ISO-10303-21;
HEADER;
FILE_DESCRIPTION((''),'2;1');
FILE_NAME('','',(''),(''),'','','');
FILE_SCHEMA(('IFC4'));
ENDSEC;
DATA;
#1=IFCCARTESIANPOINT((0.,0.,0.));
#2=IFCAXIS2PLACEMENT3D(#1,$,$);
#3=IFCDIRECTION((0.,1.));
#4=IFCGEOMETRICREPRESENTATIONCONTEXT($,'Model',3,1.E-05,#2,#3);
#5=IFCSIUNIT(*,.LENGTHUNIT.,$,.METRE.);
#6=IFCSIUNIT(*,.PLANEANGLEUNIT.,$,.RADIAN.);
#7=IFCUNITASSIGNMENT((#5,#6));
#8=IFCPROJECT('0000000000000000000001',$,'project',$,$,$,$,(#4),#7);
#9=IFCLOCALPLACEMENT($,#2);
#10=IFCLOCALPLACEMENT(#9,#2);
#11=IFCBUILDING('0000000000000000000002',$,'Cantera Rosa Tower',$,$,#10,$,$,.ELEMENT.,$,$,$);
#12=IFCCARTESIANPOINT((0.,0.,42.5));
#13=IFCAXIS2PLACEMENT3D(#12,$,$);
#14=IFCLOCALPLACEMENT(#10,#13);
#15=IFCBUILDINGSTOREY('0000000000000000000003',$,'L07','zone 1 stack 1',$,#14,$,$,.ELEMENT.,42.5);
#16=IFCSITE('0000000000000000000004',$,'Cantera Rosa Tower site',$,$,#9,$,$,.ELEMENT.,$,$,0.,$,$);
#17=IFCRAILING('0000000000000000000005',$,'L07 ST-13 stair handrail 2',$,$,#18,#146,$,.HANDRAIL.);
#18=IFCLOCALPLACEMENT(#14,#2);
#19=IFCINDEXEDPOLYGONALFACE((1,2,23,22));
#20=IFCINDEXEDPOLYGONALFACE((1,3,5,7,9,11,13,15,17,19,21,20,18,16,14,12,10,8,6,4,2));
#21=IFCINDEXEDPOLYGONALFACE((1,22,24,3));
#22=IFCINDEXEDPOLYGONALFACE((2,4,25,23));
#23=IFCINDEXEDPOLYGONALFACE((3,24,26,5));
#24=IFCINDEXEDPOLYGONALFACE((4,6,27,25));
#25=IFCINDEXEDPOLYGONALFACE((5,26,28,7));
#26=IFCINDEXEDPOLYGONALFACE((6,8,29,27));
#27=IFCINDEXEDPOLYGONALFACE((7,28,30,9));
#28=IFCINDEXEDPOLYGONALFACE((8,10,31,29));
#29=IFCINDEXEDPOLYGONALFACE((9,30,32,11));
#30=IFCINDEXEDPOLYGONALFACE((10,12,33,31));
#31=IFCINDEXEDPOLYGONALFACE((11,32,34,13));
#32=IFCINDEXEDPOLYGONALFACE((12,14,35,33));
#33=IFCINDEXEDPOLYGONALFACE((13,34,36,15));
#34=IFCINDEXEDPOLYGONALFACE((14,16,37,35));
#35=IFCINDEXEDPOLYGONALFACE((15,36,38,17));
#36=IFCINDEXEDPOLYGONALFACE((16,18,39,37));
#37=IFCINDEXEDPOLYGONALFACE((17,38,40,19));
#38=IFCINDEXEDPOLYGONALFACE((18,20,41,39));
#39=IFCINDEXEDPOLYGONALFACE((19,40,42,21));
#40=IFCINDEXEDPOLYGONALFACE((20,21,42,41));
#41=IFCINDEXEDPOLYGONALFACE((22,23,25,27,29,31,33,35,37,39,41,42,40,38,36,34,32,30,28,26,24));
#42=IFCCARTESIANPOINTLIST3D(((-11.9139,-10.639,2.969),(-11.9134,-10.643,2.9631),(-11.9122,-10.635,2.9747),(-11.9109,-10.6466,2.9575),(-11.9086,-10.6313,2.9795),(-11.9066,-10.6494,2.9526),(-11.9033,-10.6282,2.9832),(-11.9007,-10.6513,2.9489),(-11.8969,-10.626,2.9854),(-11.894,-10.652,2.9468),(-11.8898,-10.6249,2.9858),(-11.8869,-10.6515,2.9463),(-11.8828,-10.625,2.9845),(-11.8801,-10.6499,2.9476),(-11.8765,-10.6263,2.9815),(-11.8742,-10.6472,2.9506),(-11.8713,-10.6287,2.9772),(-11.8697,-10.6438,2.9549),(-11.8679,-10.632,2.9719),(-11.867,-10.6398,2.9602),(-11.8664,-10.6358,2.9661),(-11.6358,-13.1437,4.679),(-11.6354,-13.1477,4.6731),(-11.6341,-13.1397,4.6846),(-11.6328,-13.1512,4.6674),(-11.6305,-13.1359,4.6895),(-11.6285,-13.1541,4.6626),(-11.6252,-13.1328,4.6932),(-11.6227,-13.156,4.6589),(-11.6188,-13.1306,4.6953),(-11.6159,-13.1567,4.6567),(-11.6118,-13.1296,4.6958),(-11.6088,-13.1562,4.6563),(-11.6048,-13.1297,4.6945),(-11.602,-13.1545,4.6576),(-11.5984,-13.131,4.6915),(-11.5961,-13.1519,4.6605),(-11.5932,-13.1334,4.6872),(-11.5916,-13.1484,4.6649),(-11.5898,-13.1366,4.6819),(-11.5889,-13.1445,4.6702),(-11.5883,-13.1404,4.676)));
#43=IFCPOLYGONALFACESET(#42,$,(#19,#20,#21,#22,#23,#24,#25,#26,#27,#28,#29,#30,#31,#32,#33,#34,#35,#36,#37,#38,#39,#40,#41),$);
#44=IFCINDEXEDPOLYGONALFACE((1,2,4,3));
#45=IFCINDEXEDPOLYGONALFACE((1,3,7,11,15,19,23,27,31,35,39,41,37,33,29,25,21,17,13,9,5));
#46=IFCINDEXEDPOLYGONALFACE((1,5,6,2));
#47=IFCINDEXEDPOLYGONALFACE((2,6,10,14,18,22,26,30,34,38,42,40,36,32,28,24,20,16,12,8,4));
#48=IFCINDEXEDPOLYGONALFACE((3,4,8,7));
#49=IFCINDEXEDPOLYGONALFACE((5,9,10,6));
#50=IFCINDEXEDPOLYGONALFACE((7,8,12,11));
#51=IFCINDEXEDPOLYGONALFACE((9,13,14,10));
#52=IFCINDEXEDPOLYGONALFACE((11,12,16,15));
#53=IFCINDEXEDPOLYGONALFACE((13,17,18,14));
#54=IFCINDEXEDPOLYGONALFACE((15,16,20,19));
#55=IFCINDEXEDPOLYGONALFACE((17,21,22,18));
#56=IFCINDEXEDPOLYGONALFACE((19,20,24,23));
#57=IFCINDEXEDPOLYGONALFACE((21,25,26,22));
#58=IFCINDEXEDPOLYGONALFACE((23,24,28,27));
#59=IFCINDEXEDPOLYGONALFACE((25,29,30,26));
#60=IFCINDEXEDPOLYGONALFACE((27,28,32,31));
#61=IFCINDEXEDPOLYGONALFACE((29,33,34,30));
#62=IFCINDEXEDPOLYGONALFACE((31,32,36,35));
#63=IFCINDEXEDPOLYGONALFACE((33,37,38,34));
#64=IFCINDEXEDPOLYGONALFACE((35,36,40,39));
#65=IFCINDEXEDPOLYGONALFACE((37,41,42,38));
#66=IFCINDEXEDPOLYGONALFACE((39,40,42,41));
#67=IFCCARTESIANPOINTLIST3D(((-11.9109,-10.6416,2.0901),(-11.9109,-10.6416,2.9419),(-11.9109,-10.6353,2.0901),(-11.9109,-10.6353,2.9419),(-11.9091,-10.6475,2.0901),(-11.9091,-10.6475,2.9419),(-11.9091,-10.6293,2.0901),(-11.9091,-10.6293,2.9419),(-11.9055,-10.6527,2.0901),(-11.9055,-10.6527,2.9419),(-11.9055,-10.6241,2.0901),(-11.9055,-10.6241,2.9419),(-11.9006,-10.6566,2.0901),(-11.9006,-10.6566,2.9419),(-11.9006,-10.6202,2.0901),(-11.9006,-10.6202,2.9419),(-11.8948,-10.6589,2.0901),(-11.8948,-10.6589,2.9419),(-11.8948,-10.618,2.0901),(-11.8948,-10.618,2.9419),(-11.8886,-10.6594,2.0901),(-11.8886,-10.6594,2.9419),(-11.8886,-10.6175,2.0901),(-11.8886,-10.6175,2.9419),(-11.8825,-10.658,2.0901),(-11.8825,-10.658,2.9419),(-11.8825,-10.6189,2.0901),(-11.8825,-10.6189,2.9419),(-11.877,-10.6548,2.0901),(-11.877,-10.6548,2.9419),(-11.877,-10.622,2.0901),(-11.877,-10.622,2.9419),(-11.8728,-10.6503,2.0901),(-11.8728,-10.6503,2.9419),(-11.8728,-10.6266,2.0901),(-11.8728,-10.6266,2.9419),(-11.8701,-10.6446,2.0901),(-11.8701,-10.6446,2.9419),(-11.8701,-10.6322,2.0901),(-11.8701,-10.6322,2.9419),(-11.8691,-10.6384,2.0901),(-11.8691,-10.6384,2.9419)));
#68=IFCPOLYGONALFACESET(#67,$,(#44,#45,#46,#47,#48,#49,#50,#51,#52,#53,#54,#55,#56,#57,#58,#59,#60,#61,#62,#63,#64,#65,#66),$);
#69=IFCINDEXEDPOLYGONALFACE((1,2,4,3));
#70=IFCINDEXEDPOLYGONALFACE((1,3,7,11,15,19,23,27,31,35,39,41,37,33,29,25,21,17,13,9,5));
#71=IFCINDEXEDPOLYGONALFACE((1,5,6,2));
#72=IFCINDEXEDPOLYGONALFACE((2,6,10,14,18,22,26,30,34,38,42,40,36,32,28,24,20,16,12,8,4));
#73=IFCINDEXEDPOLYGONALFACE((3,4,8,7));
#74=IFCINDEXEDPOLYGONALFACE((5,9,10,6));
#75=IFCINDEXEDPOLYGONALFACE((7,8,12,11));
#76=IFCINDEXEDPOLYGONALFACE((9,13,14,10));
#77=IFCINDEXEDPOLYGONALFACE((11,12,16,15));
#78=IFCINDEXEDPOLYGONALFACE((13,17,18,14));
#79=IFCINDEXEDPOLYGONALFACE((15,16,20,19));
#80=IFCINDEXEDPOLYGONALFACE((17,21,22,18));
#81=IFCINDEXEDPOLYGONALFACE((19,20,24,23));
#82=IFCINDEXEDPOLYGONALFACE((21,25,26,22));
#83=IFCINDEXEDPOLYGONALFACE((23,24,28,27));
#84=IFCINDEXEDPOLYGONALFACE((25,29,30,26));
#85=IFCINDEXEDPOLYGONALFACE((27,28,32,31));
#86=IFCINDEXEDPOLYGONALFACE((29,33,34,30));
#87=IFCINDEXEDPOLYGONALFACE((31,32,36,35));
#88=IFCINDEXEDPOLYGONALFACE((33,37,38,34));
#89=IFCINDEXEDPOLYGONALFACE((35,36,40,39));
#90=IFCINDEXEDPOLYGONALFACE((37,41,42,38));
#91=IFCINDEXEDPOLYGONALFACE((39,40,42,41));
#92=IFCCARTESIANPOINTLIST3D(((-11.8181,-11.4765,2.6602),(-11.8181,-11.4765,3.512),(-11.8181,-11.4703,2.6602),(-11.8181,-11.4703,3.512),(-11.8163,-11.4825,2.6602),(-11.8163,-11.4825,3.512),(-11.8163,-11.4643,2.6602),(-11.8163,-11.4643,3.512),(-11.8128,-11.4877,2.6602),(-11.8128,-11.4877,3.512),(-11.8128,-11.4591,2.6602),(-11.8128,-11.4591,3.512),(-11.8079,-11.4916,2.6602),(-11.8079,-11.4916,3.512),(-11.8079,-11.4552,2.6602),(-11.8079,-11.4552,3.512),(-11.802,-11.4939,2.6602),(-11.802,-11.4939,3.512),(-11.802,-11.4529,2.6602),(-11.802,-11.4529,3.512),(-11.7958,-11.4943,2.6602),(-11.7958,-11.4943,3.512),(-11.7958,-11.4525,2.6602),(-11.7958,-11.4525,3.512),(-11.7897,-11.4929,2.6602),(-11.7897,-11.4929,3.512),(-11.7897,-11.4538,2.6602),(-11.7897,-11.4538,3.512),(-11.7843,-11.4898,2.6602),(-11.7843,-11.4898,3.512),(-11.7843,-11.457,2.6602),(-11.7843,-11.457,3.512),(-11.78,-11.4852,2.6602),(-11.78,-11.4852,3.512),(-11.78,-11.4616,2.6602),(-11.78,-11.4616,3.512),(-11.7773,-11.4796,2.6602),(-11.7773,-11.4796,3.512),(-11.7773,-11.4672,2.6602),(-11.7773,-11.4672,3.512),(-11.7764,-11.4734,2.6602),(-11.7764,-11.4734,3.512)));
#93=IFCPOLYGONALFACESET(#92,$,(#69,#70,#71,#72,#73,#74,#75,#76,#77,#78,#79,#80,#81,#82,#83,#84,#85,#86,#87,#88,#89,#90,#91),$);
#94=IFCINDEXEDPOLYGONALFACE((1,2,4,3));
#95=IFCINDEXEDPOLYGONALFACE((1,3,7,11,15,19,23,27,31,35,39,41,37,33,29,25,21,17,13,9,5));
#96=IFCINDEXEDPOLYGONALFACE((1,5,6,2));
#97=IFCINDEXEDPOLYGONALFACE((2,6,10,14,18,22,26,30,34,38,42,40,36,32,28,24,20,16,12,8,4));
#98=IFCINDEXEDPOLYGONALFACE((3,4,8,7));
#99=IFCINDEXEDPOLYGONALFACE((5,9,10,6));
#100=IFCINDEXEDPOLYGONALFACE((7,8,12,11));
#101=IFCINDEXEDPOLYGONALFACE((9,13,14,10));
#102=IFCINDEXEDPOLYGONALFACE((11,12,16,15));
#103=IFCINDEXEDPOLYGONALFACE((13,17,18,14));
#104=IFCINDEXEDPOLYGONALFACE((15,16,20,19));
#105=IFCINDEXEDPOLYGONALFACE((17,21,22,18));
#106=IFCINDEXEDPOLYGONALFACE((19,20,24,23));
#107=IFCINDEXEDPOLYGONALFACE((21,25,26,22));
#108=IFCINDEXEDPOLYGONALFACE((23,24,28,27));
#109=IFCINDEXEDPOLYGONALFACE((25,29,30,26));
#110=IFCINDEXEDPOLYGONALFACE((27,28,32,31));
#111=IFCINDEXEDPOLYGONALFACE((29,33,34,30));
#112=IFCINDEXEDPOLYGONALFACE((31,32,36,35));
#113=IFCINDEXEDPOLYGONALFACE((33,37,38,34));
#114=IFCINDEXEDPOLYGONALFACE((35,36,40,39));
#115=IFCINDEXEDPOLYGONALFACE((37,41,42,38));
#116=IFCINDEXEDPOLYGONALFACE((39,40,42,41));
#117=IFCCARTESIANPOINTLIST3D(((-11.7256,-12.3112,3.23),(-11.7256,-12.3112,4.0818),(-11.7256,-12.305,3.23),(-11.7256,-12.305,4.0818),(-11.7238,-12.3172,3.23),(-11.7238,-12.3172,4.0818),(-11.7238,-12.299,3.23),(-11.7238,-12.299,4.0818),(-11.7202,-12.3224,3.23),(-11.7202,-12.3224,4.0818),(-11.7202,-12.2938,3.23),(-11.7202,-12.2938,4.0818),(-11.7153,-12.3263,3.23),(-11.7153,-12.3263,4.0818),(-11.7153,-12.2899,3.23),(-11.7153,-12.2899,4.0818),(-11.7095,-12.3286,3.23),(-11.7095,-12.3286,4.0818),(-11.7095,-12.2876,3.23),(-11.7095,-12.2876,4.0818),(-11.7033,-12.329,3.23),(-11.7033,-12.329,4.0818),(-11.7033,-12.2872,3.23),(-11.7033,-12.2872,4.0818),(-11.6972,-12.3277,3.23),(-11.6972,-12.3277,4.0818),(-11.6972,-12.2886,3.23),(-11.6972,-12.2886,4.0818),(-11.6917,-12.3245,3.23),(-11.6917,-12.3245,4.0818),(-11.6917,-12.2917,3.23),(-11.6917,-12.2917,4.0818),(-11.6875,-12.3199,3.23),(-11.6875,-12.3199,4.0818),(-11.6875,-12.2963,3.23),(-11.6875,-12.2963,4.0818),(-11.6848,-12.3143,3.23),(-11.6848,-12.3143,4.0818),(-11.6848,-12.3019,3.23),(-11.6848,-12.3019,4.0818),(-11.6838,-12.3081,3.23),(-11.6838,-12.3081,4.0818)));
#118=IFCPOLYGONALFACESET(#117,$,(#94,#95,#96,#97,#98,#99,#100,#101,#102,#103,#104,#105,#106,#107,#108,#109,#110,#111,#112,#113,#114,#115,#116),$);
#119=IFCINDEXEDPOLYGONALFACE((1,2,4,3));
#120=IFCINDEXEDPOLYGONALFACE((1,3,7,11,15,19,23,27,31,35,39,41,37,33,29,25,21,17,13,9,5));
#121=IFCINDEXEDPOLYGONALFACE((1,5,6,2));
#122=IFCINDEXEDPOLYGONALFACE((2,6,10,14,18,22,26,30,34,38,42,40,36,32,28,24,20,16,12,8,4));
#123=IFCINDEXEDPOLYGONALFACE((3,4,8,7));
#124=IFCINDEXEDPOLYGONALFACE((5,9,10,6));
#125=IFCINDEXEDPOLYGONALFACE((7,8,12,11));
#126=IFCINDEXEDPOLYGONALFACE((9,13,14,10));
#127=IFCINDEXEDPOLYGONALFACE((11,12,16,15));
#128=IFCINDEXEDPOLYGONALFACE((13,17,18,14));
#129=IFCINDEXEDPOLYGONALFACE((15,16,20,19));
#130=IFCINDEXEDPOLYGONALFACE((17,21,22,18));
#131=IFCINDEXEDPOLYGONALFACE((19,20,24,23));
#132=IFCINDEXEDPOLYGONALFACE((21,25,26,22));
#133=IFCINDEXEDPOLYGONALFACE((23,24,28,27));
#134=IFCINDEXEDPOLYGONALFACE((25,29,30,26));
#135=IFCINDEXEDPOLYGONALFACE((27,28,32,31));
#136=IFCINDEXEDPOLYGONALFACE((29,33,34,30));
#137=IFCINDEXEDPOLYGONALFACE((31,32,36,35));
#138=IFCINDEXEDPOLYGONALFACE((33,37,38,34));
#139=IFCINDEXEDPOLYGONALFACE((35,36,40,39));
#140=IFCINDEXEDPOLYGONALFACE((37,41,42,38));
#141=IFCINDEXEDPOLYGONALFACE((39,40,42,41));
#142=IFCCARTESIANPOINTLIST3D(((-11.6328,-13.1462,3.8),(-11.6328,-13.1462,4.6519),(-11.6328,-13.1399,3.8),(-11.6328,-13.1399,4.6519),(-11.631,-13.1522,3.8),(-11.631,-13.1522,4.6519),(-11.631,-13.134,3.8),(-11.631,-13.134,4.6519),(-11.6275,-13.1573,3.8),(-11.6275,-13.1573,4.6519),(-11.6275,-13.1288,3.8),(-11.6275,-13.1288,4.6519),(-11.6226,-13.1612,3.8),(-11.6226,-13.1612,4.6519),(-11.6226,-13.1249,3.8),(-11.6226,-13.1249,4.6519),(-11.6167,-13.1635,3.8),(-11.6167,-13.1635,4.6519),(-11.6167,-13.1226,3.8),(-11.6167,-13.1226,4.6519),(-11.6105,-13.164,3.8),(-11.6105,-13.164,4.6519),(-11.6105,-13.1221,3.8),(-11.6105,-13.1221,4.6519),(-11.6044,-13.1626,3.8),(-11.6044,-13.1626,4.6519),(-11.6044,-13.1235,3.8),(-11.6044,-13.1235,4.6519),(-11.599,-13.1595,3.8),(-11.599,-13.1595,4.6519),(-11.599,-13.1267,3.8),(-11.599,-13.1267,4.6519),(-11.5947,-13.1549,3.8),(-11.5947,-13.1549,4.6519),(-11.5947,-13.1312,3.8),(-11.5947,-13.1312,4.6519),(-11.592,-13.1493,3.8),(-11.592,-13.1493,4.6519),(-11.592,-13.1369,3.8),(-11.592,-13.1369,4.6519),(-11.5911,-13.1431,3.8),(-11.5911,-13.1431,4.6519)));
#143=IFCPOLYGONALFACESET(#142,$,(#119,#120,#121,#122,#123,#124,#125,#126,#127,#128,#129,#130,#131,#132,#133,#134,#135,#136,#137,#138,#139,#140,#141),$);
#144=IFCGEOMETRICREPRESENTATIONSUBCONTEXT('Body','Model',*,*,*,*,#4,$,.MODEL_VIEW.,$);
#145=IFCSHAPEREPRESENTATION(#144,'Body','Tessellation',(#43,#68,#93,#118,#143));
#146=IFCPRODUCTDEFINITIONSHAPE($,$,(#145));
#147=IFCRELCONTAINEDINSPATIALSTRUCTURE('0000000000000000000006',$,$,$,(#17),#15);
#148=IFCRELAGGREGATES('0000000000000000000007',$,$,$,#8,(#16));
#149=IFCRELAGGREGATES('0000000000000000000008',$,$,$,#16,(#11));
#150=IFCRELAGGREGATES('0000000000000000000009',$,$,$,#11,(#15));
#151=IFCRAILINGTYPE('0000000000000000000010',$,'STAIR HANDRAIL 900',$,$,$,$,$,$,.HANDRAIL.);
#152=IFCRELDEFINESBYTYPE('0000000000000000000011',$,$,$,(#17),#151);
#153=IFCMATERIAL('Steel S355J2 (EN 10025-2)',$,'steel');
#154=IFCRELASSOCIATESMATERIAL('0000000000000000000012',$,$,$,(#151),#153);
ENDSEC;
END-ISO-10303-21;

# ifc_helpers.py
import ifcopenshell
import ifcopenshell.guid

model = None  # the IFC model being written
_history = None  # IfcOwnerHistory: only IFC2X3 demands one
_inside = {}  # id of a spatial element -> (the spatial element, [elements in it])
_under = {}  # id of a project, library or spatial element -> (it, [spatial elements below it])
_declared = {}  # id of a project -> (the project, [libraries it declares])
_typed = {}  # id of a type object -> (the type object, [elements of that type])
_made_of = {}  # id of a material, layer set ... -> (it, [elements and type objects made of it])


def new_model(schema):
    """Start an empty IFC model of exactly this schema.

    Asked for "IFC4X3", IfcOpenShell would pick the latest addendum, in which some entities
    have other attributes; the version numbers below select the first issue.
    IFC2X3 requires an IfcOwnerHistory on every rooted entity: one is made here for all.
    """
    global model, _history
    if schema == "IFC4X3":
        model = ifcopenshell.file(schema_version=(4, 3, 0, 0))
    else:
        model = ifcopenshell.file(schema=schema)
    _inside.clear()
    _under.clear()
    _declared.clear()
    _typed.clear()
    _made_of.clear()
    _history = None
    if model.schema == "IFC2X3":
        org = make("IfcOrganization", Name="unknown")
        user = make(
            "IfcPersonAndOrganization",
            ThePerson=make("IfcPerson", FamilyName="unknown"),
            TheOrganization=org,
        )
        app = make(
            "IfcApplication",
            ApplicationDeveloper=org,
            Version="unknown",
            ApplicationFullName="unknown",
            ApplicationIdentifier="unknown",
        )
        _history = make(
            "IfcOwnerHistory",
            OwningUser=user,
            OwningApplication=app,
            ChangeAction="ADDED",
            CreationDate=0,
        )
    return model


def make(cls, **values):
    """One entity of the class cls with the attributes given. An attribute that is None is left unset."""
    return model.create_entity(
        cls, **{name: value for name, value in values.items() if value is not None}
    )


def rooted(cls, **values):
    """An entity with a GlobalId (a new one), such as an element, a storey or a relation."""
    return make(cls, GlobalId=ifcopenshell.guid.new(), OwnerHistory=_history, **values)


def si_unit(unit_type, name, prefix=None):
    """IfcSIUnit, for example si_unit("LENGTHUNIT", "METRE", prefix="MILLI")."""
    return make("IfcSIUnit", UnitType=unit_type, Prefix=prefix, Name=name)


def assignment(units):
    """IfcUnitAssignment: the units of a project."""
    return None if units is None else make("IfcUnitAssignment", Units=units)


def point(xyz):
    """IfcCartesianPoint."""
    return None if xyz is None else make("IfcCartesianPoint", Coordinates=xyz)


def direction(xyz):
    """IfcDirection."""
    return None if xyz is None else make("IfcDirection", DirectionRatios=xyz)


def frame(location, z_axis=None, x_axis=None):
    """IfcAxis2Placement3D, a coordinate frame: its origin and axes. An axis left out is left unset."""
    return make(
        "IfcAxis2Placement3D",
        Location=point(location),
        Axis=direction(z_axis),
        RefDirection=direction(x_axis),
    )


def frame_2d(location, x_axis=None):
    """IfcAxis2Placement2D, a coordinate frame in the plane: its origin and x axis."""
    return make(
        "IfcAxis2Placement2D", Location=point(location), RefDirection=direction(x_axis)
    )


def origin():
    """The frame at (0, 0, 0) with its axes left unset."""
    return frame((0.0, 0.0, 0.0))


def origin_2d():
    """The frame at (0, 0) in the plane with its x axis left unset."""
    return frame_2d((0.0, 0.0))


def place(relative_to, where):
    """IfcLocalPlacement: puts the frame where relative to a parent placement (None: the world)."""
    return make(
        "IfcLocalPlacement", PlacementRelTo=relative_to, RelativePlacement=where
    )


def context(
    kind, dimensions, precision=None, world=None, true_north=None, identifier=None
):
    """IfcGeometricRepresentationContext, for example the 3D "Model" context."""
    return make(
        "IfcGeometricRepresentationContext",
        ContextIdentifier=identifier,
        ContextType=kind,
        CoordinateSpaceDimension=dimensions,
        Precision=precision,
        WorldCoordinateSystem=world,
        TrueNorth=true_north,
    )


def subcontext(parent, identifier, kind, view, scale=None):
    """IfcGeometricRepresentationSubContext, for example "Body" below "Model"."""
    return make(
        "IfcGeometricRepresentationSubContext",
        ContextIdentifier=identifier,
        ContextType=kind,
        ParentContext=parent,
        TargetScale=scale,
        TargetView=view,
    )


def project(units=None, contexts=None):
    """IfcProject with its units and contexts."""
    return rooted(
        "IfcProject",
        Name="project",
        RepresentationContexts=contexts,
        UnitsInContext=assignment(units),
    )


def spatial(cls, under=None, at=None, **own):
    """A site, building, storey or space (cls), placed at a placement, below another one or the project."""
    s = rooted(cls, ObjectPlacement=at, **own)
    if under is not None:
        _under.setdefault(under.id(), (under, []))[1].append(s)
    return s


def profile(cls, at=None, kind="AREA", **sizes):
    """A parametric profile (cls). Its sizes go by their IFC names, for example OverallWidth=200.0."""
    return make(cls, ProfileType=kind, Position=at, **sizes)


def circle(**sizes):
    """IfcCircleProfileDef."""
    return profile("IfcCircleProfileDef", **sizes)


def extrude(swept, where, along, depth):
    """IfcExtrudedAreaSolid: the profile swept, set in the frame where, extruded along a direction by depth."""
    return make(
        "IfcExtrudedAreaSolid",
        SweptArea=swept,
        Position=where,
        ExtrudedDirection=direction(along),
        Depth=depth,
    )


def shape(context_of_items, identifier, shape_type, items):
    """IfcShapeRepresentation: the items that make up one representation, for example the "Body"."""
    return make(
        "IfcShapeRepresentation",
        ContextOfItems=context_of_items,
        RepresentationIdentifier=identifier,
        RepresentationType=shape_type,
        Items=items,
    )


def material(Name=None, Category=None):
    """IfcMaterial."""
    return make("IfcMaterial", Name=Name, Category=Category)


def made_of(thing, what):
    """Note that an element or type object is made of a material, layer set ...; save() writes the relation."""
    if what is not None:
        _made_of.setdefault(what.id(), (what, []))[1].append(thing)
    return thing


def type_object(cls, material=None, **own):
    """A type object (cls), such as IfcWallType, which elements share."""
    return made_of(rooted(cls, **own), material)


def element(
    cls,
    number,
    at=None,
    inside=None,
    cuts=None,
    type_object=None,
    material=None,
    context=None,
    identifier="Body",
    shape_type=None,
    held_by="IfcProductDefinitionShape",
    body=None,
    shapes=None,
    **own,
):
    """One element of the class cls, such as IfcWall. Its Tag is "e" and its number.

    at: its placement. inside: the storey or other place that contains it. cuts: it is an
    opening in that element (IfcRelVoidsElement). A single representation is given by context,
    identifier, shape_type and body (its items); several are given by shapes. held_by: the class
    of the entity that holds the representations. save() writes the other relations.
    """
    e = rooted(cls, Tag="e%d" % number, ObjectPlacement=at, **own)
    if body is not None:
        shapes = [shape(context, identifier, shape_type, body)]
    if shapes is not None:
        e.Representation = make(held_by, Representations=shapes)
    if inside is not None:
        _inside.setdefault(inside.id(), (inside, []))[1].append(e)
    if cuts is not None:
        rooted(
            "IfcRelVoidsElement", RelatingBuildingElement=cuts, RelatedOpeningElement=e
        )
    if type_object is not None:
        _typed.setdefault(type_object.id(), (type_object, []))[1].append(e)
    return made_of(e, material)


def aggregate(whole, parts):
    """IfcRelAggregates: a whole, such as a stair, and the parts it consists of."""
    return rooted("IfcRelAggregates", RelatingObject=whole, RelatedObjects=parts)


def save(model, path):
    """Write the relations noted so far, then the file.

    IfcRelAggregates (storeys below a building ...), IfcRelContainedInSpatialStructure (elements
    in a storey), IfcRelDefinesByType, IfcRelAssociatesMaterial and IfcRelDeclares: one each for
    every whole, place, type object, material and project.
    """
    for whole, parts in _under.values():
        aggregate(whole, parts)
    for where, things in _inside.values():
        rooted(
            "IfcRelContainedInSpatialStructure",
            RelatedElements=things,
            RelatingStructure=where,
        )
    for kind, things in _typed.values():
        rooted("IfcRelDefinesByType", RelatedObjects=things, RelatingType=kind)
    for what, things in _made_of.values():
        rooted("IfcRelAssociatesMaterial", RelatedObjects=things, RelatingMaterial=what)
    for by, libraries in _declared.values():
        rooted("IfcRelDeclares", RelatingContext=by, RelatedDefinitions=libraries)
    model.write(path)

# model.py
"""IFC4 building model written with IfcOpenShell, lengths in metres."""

from ifc_helpers import new_model, si_unit, direction, frame, origin, origin_2d, place, context, subcontext, project, spatial, circle, extrude, material, type_object, element, save


model = new_model("IFC4")

# Units and contexts
model_context = context("Model", 3, precision=1e-05, world=origin(), true_north=direction((0.0, 1.0)))
body_context = subcontext(model_context, "Body", "Model", "MODEL_VIEW")
ifc_project = project(units=[si_unit("LENGTHUNIT", "METRE"), si_unit("PLANEANGLEUNIT", "RADIAN")], contexts=[model_context])

# Site, building, storey
site_placement = place(None, origin())
site = spatial("IfcSite", under=ifc_project, at=site_placement, Name="Cantera Rosa Tower site", CompositionType="ELEMENT", RefElevation=0.0)
building_placement = place(site_placement, origin())
building = spatial("IfcBuilding", under=site, at=building_placement, Name="Cantera Rosa Tower", CompositionType="ELEMENT")
storey_placement = place(building_placement, frame((0.0, 0.0, 42.5)))
storey = spatial("IfcBuildingStorey", under=building, at=storey_placement, Name="L07", Description="zone 1 stack 1", CompositionType="ELEMENT", Elevation=42.5)

# Railing
ifc_material_1 = material(Name="Steel S355J2 (EN 10025-2)", Category="steel")
railing_type_1 = type_object("IfcRailingType", Name="STAIR HANDRAIL 900", PredefinedType="HANDRAIL", material=ifc_material_1)
railing_1_placement = place(storey_placement, frame((-11.8901, -10.6384, 2.0901)))
element("IfcRailing", 1, at=railing_1_placement, inside=storey, type_object=railing_type_1, Name="L07 ST-13 stair handrail 2", PredefinedType="HANDRAIL", context=body_context, shape_type="SweptSolid", body=[
    extrude(circle(Radius=0.0239, at=origin_2d()), frame((0.0, 0.0, 0.876), z_axis=(0.09131, -0.822431, 0.561488), x_axis=(0.993893, 0.110346, 0.0)), (0.0, 0.0, 1.0), 3.0454),
    extrude(circle(Radius=0.021, at=origin_2d()), origin(), (0.0, 0.0, 1.0), 0.8518),
    extrude(circle(Radius=0.021, at=origin_2d()), frame((0.0928, -0.835, 0.5701)), (0.0, 0.0, 1.0), 0.8518),
    extrude(circle(Radius=0.021, at=origin_2d()), frame((0.1853, -1.6697, 1.1399)), (0.0, 0.0, 1.0), 0.8518),
    extrude(circle(Radius=0.021, at=origin_2d()), frame((0.2781, -2.5046, 1.71)), (0.0, 0.0, 1.0), 0.8518),
])

save(model, "model.ifc")
